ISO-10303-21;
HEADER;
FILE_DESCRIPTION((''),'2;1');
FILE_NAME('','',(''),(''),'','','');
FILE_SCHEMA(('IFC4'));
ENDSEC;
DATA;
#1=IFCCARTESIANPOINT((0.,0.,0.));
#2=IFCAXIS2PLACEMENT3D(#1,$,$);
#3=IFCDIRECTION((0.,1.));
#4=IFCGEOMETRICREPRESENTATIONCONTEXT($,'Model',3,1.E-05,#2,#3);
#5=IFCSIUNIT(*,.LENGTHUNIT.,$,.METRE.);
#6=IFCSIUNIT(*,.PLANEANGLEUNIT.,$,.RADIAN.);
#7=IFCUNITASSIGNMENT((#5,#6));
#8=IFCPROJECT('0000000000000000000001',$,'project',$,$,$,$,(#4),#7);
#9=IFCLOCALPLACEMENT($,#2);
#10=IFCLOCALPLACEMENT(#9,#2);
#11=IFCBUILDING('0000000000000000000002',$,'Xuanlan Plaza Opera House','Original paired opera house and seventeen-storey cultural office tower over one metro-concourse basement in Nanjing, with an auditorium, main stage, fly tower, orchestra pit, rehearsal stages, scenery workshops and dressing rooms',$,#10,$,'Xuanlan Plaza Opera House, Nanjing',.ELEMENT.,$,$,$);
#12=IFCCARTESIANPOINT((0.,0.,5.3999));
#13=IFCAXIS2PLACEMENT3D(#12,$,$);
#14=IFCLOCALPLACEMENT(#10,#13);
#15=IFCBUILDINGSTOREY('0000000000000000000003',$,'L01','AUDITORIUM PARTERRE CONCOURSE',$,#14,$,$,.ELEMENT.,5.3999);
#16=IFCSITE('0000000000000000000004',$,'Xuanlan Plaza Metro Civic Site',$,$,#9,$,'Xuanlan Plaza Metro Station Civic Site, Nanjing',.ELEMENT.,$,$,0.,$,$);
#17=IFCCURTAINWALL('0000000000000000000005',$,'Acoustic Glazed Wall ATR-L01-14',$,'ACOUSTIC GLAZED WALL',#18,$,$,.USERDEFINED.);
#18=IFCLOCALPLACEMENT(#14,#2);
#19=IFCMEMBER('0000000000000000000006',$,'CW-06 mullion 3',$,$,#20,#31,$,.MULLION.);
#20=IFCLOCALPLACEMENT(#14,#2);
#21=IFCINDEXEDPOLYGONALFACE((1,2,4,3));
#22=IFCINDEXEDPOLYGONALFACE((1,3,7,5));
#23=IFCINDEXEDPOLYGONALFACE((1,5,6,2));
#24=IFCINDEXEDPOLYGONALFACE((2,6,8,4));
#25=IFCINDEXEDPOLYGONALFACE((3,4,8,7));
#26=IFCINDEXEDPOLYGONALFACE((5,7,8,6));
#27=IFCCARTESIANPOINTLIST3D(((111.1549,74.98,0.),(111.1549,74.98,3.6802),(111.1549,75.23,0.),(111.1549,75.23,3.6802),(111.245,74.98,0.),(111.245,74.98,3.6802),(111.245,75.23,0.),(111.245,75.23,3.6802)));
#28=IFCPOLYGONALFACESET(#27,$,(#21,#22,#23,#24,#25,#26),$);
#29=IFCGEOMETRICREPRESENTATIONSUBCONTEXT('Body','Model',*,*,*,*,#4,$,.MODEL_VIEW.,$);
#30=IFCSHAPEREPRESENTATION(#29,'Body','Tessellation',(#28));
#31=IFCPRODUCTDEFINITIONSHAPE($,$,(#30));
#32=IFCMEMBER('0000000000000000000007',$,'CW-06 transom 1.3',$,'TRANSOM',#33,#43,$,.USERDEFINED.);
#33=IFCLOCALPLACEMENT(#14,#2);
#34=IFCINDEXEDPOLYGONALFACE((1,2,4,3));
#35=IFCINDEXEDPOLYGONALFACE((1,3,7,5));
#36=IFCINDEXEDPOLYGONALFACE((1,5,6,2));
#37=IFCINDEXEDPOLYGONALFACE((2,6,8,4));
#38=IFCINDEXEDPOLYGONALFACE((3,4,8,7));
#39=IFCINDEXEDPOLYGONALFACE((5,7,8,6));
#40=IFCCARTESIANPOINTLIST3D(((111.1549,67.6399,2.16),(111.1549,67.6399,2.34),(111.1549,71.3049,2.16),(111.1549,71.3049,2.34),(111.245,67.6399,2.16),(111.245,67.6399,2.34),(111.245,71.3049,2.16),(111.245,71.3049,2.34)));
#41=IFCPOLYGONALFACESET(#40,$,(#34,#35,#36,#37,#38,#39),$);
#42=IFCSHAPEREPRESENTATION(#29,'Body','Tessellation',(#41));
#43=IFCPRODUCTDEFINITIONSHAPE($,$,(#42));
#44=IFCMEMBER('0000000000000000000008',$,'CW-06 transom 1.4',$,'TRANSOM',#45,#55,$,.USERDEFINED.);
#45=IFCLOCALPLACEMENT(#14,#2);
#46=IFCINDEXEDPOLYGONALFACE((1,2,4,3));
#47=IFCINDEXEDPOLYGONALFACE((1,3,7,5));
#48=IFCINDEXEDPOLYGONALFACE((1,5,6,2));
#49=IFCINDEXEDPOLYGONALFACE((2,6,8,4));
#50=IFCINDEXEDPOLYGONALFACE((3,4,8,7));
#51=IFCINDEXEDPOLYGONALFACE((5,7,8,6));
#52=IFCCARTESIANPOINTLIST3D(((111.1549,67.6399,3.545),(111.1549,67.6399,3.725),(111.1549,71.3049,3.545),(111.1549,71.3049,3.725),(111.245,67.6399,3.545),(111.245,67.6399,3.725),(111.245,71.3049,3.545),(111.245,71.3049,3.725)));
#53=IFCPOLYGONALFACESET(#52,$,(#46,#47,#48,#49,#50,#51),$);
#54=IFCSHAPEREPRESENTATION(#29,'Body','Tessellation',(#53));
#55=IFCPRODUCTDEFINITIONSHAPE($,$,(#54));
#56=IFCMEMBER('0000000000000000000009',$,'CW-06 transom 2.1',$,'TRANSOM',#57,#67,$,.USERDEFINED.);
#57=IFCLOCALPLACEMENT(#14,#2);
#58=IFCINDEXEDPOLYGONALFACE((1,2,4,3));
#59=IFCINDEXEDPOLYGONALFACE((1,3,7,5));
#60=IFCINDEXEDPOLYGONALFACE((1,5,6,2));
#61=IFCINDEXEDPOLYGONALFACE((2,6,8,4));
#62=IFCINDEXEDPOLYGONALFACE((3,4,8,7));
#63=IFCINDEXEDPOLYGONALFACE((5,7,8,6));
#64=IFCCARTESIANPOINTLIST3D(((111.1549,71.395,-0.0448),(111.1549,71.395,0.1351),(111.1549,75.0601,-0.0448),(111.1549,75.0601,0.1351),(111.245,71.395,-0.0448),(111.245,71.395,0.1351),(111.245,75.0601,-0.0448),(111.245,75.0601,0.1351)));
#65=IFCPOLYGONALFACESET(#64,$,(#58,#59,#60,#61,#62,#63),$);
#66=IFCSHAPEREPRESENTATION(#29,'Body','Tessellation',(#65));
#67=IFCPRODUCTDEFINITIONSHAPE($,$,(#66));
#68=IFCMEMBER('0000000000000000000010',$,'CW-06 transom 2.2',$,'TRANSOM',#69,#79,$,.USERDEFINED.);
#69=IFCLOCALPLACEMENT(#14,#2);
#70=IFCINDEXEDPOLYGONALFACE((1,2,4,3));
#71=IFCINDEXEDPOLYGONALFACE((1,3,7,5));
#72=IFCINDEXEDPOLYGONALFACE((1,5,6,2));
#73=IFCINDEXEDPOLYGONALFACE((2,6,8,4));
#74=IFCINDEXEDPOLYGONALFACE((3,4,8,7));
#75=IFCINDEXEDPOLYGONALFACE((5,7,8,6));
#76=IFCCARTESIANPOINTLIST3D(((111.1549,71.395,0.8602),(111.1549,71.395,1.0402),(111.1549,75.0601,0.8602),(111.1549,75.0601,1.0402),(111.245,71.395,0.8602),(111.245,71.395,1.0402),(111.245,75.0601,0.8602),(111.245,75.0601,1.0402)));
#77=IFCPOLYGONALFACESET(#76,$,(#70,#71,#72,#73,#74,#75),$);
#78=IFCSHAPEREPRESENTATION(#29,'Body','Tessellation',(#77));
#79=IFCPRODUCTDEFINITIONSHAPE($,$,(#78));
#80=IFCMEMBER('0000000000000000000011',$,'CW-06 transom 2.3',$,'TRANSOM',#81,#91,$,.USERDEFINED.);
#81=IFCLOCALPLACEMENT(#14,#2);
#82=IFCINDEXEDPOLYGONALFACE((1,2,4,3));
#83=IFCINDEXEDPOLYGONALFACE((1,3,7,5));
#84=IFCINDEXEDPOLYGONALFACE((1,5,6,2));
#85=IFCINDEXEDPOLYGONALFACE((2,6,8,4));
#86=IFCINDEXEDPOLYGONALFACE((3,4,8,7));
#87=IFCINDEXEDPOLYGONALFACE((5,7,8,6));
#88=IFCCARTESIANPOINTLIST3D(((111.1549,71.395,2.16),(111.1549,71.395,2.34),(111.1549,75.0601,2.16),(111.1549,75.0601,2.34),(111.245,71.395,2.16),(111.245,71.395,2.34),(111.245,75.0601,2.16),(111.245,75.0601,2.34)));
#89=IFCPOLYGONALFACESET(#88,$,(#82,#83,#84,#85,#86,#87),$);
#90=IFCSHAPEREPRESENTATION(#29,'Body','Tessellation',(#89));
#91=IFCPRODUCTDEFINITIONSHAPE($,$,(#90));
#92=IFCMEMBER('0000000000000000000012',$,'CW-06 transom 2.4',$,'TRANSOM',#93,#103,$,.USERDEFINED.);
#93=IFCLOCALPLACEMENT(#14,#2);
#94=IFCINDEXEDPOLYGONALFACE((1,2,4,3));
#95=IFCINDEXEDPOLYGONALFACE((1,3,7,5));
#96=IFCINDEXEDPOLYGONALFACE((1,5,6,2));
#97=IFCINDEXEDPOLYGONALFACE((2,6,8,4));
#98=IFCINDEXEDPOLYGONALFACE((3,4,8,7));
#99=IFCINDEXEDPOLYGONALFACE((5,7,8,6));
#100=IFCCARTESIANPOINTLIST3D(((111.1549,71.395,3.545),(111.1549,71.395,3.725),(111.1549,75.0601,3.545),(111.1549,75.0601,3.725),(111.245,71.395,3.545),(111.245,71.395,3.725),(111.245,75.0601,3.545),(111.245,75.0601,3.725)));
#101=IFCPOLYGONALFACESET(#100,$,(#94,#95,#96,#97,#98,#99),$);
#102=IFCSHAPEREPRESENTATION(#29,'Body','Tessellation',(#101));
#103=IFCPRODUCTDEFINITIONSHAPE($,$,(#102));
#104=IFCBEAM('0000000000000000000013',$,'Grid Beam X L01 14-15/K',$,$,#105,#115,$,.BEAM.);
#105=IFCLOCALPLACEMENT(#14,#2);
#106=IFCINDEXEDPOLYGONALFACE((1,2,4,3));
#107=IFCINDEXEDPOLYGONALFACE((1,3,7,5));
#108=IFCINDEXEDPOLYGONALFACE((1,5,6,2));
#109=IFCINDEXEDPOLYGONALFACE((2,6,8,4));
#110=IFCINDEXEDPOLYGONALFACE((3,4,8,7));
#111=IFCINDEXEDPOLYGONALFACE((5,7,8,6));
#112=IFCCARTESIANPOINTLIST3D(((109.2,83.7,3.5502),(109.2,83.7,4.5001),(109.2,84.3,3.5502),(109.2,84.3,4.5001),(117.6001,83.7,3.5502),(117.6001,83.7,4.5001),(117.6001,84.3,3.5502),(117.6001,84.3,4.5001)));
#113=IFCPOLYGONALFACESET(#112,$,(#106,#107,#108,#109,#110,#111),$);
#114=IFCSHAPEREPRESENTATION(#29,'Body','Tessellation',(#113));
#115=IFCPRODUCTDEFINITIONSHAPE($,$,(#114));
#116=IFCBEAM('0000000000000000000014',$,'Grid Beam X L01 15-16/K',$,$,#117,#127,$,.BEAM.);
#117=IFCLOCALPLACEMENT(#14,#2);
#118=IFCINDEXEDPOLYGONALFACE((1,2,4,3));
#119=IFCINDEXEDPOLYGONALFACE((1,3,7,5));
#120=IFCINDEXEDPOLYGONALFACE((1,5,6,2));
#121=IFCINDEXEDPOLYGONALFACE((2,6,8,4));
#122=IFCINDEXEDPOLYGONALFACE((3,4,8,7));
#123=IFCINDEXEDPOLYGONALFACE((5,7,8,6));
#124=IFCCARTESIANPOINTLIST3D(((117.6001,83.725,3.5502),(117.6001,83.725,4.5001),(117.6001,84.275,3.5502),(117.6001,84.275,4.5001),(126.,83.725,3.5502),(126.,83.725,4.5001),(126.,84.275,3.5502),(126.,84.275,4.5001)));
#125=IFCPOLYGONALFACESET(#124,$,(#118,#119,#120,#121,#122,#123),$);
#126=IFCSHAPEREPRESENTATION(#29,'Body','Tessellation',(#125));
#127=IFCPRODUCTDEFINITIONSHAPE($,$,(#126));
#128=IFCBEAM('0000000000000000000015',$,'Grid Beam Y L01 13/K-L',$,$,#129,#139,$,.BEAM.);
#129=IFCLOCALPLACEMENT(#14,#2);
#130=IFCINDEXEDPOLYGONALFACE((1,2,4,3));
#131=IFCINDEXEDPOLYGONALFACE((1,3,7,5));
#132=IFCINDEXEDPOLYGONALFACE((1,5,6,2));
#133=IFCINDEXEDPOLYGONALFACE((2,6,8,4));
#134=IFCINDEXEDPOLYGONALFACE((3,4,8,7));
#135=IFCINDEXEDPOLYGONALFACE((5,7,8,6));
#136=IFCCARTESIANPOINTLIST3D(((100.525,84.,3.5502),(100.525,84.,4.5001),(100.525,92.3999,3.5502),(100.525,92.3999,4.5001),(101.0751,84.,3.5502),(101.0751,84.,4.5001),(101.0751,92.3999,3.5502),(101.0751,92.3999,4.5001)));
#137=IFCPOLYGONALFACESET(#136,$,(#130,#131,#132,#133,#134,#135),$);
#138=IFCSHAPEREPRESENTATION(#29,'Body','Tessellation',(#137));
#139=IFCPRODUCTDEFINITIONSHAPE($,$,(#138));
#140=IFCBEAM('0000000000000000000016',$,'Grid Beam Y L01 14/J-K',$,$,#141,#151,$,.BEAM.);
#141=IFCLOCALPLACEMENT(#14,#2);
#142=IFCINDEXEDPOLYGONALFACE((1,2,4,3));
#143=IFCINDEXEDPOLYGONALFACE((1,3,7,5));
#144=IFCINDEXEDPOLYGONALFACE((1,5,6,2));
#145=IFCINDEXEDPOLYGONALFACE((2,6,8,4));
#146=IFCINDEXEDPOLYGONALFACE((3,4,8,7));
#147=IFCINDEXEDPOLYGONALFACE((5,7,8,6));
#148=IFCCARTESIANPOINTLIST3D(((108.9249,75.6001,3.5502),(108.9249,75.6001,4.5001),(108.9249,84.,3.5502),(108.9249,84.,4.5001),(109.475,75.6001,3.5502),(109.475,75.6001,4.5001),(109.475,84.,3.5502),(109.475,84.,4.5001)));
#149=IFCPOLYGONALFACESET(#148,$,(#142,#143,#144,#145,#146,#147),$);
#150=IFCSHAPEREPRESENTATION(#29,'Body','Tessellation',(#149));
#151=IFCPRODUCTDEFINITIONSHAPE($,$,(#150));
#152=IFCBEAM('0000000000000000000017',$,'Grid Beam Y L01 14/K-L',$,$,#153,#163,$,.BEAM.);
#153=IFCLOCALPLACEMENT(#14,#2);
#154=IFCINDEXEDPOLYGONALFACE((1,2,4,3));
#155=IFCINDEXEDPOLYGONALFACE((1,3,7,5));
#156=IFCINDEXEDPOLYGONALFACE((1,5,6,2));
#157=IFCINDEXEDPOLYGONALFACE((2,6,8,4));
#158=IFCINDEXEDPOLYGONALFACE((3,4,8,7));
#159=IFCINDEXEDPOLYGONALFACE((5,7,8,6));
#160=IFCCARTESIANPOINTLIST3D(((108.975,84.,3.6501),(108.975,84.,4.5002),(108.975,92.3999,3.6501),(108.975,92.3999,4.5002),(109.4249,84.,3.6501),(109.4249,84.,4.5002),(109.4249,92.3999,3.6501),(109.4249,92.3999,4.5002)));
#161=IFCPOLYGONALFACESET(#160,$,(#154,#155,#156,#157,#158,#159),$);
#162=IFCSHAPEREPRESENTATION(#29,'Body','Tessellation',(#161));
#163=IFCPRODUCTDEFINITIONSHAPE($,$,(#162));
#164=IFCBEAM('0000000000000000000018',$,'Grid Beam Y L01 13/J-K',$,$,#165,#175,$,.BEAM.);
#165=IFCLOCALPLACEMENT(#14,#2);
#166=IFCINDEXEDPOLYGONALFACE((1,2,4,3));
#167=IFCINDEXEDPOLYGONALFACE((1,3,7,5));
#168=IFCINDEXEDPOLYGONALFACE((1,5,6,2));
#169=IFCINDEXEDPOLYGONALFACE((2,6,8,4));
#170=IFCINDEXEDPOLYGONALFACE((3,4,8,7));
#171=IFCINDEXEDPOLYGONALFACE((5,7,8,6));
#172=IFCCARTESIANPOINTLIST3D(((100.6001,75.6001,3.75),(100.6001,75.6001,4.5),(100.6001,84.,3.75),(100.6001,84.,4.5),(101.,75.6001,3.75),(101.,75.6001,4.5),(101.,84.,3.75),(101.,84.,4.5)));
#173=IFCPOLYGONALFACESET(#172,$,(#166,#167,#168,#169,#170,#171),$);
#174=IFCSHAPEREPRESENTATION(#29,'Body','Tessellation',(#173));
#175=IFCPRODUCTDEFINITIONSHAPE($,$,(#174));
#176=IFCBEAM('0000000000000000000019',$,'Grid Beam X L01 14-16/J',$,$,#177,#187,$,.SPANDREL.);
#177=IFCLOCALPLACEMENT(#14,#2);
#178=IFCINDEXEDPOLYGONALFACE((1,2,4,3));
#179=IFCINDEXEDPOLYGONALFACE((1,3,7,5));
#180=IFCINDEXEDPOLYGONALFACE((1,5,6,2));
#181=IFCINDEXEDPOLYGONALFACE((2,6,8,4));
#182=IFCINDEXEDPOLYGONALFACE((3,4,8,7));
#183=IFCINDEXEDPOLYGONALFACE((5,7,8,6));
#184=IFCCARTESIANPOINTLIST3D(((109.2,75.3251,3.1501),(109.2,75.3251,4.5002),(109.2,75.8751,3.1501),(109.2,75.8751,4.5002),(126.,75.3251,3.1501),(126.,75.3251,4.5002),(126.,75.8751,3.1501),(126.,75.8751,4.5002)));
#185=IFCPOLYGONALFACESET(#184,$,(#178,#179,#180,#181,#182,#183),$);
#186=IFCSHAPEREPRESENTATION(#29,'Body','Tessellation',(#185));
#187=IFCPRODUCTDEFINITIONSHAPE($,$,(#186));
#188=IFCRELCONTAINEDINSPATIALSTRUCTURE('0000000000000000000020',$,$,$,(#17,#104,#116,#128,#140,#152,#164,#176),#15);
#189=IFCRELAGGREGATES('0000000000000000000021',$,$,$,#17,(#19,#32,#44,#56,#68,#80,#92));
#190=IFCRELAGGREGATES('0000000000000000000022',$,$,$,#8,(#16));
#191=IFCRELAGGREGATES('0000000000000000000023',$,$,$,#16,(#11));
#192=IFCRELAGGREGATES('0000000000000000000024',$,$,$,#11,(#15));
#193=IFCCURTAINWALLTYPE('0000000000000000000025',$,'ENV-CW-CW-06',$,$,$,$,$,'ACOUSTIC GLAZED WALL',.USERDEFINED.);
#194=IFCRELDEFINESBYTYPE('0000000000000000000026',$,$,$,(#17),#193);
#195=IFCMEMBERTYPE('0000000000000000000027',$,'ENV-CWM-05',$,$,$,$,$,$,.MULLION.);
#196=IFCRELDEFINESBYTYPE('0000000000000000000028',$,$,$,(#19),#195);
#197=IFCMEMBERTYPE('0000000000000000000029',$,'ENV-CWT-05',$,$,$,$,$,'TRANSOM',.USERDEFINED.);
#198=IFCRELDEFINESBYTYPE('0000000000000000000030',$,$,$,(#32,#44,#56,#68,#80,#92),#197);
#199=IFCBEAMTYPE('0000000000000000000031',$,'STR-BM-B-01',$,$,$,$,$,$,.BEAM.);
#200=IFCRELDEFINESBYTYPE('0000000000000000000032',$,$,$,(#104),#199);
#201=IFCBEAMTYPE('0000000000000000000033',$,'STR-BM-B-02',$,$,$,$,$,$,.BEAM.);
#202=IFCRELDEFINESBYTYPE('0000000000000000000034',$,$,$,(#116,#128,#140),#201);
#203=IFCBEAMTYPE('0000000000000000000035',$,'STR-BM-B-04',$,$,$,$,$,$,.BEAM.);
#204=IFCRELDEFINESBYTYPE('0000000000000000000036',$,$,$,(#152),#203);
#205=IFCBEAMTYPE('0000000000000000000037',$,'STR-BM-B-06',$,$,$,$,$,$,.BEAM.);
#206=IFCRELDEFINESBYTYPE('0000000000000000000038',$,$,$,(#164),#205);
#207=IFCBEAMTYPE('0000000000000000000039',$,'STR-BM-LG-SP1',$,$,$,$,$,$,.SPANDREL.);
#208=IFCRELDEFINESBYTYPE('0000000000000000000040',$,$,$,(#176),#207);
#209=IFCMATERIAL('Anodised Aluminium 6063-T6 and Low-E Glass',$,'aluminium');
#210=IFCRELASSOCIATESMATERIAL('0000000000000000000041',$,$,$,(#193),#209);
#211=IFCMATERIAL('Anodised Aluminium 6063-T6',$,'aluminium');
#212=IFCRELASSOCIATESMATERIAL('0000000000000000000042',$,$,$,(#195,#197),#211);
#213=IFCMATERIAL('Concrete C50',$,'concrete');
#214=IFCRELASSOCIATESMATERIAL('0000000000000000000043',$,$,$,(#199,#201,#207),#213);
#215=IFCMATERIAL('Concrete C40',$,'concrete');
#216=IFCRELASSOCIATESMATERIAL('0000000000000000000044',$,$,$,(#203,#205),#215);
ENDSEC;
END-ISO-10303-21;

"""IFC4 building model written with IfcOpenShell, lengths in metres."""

from ifc_helpers import new_model, si_unit, direction, frame, origin, origin_2d, place, context, subcontext, project, spatial, rectangle, extrude, material, material_profile, profile_set, type_object, element, aggregate, save


model = new_model("IFC4")

# Units and contexts
model_context = context("Model", 3, precision=1e-05, world=origin(), true_north=direction((0.0, 1.0)))
body_context = subcontext(model_context, "Body", "Model", "MODEL_VIEW")
ifc_project = project(units=[si_unit("LENGTHUNIT", "METRE"), si_unit("PLANEANGLEUNIT", "RADIAN")], contexts=[model_context])

# Site, building, storey
site_placement = place(None, origin())
site = spatial("IfcSite", under=ifc_project, at=site_placement, Name="Xuanlan Plaza Metro Civic Site", LongName="Xuanlan Plaza Metro Station Civic Site, Nanjing", CompositionType="ELEMENT", RefElevation=0.0)
building_placement = place(site_placement, origin())
building = spatial("IfcBuilding", under=site, at=building_placement, Name="Xuanlan Plaza Opera House", Description="Original paired opera house and seventeen-storey cultural office tower over one metro-concourse basement in Nanjing, with an auditorium, main stage, fly tower, orchestra pit, rehearsal stages, scenery workshops and dressing rooms", LongName="Xuanlan Plaza Opera House, Nanjing", CompositionType="ELEMENT")
storey_placement = place(building_placement, frame((0.0, 0.0, 5.3999)))
storey = spatial("IfcBuildingStorey", under=building, at=storey_placement, Name="L01", Description="AUDITORIUM PARTERRE CONCOURSE", CompositionType="ELEMENT", Elevation=5.3999)

# Shared definitions
ifc_material_1 = material(Name="Concrete C50", Category="concrete")

# Curtain wall, members
ifc_material_2 = material(Name="Anodised Aluminium 6063-T6 and Low-E Glass", Category="aluminium")
curtain_wall_type = type_object("IfcCurtainWallType", Name="ENV-CW-CW-06", ElementType="ACOUSTIC GLAZED WALL", PredefinedType="USERDEFINED", material=ifc_material_2)
curtain_wall_placement = place(storey_placement, origin())
curtain_wall = element("IfcCurtainWall", 1, at=curtain_wall_placement, inside=storey, type_object=curtain_wall_type, Name="Acoustic Glazed Wall ATR-L01-14", ObjectType="ACOUSTIC GLAZED WALL", PredefinedType="USERDEFINED")
ifc_material_3 = material(Name="Anodised Aluminium 6063-T6", Category="aluminium")
ifc_material_profile_1 = material_profile(ifc_material_3, rectangle(XDim=0.0901, YDim=0.25, at=origin_2d()), Name="ALU-M 90x250")
ifc_profile_set_1 = profile_set([ifc_material_profile_1], Name="Anodised Aluminium 6063-T6")
member_type_1 = type_object("IfcMemberType", Name="ENV-CWM-05", PredefinedType="MULLION", material=ifc_profile_set_1)
member_1_placement = place(storey_placement, frame((111.2, 75.105, 0.0), z_axis=(0.0, 0.0, 1.0), x_axis=(-1.0, 0.0, 0.0)))
member_1 = element("IfcMember", 2, at=member_1_placement, type_object=member_type_1, Name="CW-06 mullion 3", PredefinedType="MULLION", context=body_context, shape_type="SweptSolid", body=[
    extrude(rectangle(XDim=0.0901, YDim=0.25, at=origin_2d()), origin(), (0.0, 0.0, 1.0), 3.6802),
])
ifc_material_profile_2 = material_profile(ifc_material_3, rectangle(XDim=0.0901, YDim=0.1799, at=origin_2d()), Name="ALU-T 90x180")
ifc_profile_set_2 = profile_set([ifc_material_profile_2], Name="Anodised Aluminium 6063-T6")
member_type_2 = type_object("IfcMemberType", Name="ENV-CWT-05", ElementType="TRANSOM", PredefinedType="USERDEFINED", material=ifc_profile_set_2)
member_2_placement = place(storey_placement, frame((111.2, 67.6399, 2.25), z_axis=(0.0, 1.0, 0.0), x_axis=(-1.0, 0.0, 0.0)))
member_2 = element("IfcMember", 3, at=member_2_placement, type_object=member_type_2, Name="CW-06 transom 1.3", ObjectType="TRANSOM", PredefinedType="USERDEFINED", context=body_context, shape_type="SweptSolid", body=[
    extrude(rectangle(XDim=0.0901, YDim=0.1799, at=origin_2d()), origin(), (0.0, 0.0, 1.0), 3.665),
])
member_3_placement = place(storey_placement, frame((111.2, 67.6399, 3.635), z_axis=(0.0, 1.0, 0.0), x_axis=(-1.0, 0.0, 0.0)))
member_3 = element("IfcMember", 4, at=member_3_placement, type_object=member_type_2, Name="CW-06 transom 1.4", ObjectType="TRANSOM", PredefinedType="USERDEFINED", context=body_context, shape_type="SweptSolid", body=[
    extrude(rectangle(XDim=0.0901, YDim=0.1799, at=origin_2d()), origin(), (0.0, 0.0, 1.0), 3.665),
])
member_4_placement = place(storey_placement, frame((111.2, 71.395, 0.0452), z_axis=(0.0, 1.0, 0.0), x_axis=(-1.0, 0.0, 0.0)))
member_4 = element("IfcMember", 5, at=member_4_placement, type_object=member_type_2, Name="CW-06 transom 2.1", ObjectType="TRANSOM", PredefinedType="USERDEFINED", context=body_context, shape_type="SweptSolid", body=[
    extrude(rectangle(XDim=0.0901, YDim=0.1799, at=origin_2d()), origin(), (0.0, 0.0, 1.0), 3.665),
])
member_5_placement = place(storey_placement, frame((111.2, 71.395, 0.9502), z_axis=(0.0, 1.0, 0.0), x_axis=(-1.0, 0.0, 0.0)))
member_5 = element("IfcMember", 6, at=member_5_placement, type_object=member_type_2, Name="CW-06 transom 2.2", ObjectType="TRANSOM", PredefinedType="USERDEFINED", context=body_context, shape_type="SweptSolid", body=[
    extrude(rectangle(XDim=0.0901, YDim=0.1799, at=origin_2d()), origin(), (0.0, 0.0, 1.0), 3.665),
])
member_6_placement = place(storey_placement, frame((111.2, 71.395, 2.25), z_axis=(0.0, 1.0, 0.0), x_axis=(-1.0, 0.0, 0.0)))
member_6 = element("IfcMember", 7, at=member_6_placement, type_object=member_type_2, Name="CW-06 transom 2.3", ObjectType="TRANSOM", PredefinedType="USERDEFINED", context=body_context, shape_type="SweptSolid", body=[
    extrude(rectangle(XDim=0.0901, YDim=0.1799, at=origin_2d()), origin(), (0.0, 0.0, 1.0), 3.665),
])
member_7_placement = place(storey_placement, frame((111.2, 71.395, 3.635), z_axis=(0.0, 1.0, 0.0), x_axis=(-1.0, 0.0, 0.0)))
member_7 = element("IfcMember", 8, at=member_7_placement, type_object=member_type_2, Name="CW-06 transom 2.4", ObjectType="TRANSOM", PredefinedType="USERDEFINED", context=body_context, shape_type="SweptSolid", body=[
    extrude(rectangle(XDim=0.0901, YDim=0.1799, at=origin_2d()), origin(), (0.0, 0.0, 1.0), 3.665),
])

# Beams
ifc_material_profile_3 = material_profile(ifc_material_1, rectangle(XDim=0.6001, YDim=0.95, at=origin_2d()), Name="RC-BM 600x950")
ifc_profile_set_3 = profile_set([ifc_material_profile_3], Name="Concrete C50")
beam_type_1 = type_object("IfcBeamType", Name="STR-BM-B-01", PredefinedType="BEAM", material=ifc_profile_set_3)
beam_1_placement = place(storey_placement, frame((109.2, 84.0, 4.0251), z_axis=(1.0, 0.0, 0.0), x_axis=(0.0, 1.0, 0.0)))
element("IfcBeam", 9, at=beam_1_placement, inside=storey, type_object=beam_type_1, Name="Grid Beam X L01 14-15/K", PredefinedType="BEAM", context=body_context, shape_type="SweptSolid", body=[
    extrude(rectangle(XDim=0.6001, YDim=0.95, at=origin_2d()), origin(), (0.0, 0.0, 1.0), 8.4001),
])
ifc_material_profile_4 = material_profile(ifc_material_1, rectangle(XDim=0.55, YDim=0.95, at=origin_2d()), Name="RC-BM 550x950")
ifc_profile_set_4 = profile_set([ifc_material_profile_4], Name="Concrete C50")
beam_type_2 = type_object("IfcBeamType", Name="STR-BM-B-02", PredefinedType="BEAM", material=ifc_profile_set_4)
for number, where, z_axis, x_axis, name in (
    (10, (117.6001, 84.0, 4.0251), (1.0, 0.0, 0.0), (0.0, 1.0, 0.0), "Grid Beam X L01 15-16/K"),
    (11, (100.8, 84.0, 4.0251), (0.0, 1.0, 0.0), (-1.0, 0.0, 0.0), "Grid Beam Y L01 13/K-L"),
    (12, (109.2, 75.6001, 4.0251), (0.0, 1.0, 0.0), (-1.0, 0.0, 0.0), "Grid Beam Y L01 14/J-K"),
):
    element("IfcBeam", number, at=place(storey_placement, frame(where, z_axis=z_axis, x_axis=x_axis)), inside=storey, type_object=beam_type_2, Name=name, PredefinedType="BEAM", context=body_context, shape_type="SweptSolid", body=[
        extrude(rectangle(XDim=0.55, YDim=0.95, at=origin_2d()), origin(), (0.0, 0.0, 1.0), 8.3999),
    ])
ifc_material_4 = material(Name="Concrete C40", Category="concrete")
ifc_material_profile_5 = material_profile(ifc_material_4, rectangle(XDim=0.45, YDim=0.8501, at=origin_2d()), Name="RC-BM 450x850")
ifc_profile_set_5 = profile_set([ifc_material_profile_5], Name="Concrete C40")
beam_type_3 = type_object("IfcBeamType", Name="STR-BM-B-04", PredefinedType="BEAM", material=ifc_profile_set_5)
beam_2_placement = place(storey_placement, frame((109.2, 84.0, 4.0752), z_axis=(0.0, 1.0, 0.0), x_axis=(-1.0, 0.0, 0.0)))
element("IfcBeam", 13, at=beam_2_placement, inside=storey, type_object=beam_type_3, Name="Grid Beam Y L01 14/K-L", PredefinedType="BEAM", context=body_context, shape_type="SweptSolid", body=[
    extrude(rectangle(XDim=0.45, YDim=0.8501, at=origin_2d()), origin(), (0.0, 0.0, 1.0), 8.3999),
])
ifc_material_profile_6 = material_profile(ifc_material_4, rectangle(XDim=0.3999, YDim=0.75, at=origin_2d()), Name="RC-BM 400x750")
ifc_profile_set_6 = profile_set([ifc_material_profile_6], Name="Concrete C40")
beam_type_4 = type_object("IfcBeamType", Name="STR-BM-B-06", PredefinedType="BEAM", material=ifc_profile_set_6)
beam_3_placement = place(storey_placement, frame((100.8, 75.6001, 4.125), z_axis=(0.0, 1.0, 0.0), x_axis=(-1.0, 0.0, 0.0)))
element("IfcBeam", 14, at=beam_3_placement, inside=storey, type_object=beam_type_4, Name="Grid Beam Y L01 13/J-K", PredefinedType="BEAM", context=body_context, shape_type="SweptSolid", body=[
    extrude(rectangle(XDim=0.3999, YDim=0.75, at=origin_2d()), origin(), (0.0, 0.0, 1.0), 8.3999),
])
ifc_material_profile_7 = material_profile(ifc_material_1, rectangle(XDim=0.55, YDim=1.3501, at=origin_2d()), Name="RC-SPD 550x1350")
ifc_profile_set_7 = profile_set([ifc_material_profile_7], Name="Concrete C50")
beam_type_5 = type_object("IfcBeamType", Name="STR-BM-LG-SP1", PredefinedType="SPANDREL", material=ifc_profile_set_7)
beam_4_placement = place(storey_placement, frame((109.2, 75.6001, 3.8252), z_axis=(1.0, 0.0, 0.0), x_axis=(0.0, 1.0, 0.0)))
element("IfcBeam", 15, at=beam_4_placement, inside=storey, type_object=beam_type_5, Name="Grid Beam X L01 14-16/J", PredefinedType="SPANDREL", context=body_context, shape_type="SweptSolid", body=[
    extrude(rectangle(XDim=0.55, YDim=1.3501, at=origin_2d()), origin(), (0.0, 0.0, 1.0), 16.8),
])

aggregate(curtain_wall, [member_1, member_2, member_3, member_4, member_5, member_6, member_7])

save(model, "model.ifc")
